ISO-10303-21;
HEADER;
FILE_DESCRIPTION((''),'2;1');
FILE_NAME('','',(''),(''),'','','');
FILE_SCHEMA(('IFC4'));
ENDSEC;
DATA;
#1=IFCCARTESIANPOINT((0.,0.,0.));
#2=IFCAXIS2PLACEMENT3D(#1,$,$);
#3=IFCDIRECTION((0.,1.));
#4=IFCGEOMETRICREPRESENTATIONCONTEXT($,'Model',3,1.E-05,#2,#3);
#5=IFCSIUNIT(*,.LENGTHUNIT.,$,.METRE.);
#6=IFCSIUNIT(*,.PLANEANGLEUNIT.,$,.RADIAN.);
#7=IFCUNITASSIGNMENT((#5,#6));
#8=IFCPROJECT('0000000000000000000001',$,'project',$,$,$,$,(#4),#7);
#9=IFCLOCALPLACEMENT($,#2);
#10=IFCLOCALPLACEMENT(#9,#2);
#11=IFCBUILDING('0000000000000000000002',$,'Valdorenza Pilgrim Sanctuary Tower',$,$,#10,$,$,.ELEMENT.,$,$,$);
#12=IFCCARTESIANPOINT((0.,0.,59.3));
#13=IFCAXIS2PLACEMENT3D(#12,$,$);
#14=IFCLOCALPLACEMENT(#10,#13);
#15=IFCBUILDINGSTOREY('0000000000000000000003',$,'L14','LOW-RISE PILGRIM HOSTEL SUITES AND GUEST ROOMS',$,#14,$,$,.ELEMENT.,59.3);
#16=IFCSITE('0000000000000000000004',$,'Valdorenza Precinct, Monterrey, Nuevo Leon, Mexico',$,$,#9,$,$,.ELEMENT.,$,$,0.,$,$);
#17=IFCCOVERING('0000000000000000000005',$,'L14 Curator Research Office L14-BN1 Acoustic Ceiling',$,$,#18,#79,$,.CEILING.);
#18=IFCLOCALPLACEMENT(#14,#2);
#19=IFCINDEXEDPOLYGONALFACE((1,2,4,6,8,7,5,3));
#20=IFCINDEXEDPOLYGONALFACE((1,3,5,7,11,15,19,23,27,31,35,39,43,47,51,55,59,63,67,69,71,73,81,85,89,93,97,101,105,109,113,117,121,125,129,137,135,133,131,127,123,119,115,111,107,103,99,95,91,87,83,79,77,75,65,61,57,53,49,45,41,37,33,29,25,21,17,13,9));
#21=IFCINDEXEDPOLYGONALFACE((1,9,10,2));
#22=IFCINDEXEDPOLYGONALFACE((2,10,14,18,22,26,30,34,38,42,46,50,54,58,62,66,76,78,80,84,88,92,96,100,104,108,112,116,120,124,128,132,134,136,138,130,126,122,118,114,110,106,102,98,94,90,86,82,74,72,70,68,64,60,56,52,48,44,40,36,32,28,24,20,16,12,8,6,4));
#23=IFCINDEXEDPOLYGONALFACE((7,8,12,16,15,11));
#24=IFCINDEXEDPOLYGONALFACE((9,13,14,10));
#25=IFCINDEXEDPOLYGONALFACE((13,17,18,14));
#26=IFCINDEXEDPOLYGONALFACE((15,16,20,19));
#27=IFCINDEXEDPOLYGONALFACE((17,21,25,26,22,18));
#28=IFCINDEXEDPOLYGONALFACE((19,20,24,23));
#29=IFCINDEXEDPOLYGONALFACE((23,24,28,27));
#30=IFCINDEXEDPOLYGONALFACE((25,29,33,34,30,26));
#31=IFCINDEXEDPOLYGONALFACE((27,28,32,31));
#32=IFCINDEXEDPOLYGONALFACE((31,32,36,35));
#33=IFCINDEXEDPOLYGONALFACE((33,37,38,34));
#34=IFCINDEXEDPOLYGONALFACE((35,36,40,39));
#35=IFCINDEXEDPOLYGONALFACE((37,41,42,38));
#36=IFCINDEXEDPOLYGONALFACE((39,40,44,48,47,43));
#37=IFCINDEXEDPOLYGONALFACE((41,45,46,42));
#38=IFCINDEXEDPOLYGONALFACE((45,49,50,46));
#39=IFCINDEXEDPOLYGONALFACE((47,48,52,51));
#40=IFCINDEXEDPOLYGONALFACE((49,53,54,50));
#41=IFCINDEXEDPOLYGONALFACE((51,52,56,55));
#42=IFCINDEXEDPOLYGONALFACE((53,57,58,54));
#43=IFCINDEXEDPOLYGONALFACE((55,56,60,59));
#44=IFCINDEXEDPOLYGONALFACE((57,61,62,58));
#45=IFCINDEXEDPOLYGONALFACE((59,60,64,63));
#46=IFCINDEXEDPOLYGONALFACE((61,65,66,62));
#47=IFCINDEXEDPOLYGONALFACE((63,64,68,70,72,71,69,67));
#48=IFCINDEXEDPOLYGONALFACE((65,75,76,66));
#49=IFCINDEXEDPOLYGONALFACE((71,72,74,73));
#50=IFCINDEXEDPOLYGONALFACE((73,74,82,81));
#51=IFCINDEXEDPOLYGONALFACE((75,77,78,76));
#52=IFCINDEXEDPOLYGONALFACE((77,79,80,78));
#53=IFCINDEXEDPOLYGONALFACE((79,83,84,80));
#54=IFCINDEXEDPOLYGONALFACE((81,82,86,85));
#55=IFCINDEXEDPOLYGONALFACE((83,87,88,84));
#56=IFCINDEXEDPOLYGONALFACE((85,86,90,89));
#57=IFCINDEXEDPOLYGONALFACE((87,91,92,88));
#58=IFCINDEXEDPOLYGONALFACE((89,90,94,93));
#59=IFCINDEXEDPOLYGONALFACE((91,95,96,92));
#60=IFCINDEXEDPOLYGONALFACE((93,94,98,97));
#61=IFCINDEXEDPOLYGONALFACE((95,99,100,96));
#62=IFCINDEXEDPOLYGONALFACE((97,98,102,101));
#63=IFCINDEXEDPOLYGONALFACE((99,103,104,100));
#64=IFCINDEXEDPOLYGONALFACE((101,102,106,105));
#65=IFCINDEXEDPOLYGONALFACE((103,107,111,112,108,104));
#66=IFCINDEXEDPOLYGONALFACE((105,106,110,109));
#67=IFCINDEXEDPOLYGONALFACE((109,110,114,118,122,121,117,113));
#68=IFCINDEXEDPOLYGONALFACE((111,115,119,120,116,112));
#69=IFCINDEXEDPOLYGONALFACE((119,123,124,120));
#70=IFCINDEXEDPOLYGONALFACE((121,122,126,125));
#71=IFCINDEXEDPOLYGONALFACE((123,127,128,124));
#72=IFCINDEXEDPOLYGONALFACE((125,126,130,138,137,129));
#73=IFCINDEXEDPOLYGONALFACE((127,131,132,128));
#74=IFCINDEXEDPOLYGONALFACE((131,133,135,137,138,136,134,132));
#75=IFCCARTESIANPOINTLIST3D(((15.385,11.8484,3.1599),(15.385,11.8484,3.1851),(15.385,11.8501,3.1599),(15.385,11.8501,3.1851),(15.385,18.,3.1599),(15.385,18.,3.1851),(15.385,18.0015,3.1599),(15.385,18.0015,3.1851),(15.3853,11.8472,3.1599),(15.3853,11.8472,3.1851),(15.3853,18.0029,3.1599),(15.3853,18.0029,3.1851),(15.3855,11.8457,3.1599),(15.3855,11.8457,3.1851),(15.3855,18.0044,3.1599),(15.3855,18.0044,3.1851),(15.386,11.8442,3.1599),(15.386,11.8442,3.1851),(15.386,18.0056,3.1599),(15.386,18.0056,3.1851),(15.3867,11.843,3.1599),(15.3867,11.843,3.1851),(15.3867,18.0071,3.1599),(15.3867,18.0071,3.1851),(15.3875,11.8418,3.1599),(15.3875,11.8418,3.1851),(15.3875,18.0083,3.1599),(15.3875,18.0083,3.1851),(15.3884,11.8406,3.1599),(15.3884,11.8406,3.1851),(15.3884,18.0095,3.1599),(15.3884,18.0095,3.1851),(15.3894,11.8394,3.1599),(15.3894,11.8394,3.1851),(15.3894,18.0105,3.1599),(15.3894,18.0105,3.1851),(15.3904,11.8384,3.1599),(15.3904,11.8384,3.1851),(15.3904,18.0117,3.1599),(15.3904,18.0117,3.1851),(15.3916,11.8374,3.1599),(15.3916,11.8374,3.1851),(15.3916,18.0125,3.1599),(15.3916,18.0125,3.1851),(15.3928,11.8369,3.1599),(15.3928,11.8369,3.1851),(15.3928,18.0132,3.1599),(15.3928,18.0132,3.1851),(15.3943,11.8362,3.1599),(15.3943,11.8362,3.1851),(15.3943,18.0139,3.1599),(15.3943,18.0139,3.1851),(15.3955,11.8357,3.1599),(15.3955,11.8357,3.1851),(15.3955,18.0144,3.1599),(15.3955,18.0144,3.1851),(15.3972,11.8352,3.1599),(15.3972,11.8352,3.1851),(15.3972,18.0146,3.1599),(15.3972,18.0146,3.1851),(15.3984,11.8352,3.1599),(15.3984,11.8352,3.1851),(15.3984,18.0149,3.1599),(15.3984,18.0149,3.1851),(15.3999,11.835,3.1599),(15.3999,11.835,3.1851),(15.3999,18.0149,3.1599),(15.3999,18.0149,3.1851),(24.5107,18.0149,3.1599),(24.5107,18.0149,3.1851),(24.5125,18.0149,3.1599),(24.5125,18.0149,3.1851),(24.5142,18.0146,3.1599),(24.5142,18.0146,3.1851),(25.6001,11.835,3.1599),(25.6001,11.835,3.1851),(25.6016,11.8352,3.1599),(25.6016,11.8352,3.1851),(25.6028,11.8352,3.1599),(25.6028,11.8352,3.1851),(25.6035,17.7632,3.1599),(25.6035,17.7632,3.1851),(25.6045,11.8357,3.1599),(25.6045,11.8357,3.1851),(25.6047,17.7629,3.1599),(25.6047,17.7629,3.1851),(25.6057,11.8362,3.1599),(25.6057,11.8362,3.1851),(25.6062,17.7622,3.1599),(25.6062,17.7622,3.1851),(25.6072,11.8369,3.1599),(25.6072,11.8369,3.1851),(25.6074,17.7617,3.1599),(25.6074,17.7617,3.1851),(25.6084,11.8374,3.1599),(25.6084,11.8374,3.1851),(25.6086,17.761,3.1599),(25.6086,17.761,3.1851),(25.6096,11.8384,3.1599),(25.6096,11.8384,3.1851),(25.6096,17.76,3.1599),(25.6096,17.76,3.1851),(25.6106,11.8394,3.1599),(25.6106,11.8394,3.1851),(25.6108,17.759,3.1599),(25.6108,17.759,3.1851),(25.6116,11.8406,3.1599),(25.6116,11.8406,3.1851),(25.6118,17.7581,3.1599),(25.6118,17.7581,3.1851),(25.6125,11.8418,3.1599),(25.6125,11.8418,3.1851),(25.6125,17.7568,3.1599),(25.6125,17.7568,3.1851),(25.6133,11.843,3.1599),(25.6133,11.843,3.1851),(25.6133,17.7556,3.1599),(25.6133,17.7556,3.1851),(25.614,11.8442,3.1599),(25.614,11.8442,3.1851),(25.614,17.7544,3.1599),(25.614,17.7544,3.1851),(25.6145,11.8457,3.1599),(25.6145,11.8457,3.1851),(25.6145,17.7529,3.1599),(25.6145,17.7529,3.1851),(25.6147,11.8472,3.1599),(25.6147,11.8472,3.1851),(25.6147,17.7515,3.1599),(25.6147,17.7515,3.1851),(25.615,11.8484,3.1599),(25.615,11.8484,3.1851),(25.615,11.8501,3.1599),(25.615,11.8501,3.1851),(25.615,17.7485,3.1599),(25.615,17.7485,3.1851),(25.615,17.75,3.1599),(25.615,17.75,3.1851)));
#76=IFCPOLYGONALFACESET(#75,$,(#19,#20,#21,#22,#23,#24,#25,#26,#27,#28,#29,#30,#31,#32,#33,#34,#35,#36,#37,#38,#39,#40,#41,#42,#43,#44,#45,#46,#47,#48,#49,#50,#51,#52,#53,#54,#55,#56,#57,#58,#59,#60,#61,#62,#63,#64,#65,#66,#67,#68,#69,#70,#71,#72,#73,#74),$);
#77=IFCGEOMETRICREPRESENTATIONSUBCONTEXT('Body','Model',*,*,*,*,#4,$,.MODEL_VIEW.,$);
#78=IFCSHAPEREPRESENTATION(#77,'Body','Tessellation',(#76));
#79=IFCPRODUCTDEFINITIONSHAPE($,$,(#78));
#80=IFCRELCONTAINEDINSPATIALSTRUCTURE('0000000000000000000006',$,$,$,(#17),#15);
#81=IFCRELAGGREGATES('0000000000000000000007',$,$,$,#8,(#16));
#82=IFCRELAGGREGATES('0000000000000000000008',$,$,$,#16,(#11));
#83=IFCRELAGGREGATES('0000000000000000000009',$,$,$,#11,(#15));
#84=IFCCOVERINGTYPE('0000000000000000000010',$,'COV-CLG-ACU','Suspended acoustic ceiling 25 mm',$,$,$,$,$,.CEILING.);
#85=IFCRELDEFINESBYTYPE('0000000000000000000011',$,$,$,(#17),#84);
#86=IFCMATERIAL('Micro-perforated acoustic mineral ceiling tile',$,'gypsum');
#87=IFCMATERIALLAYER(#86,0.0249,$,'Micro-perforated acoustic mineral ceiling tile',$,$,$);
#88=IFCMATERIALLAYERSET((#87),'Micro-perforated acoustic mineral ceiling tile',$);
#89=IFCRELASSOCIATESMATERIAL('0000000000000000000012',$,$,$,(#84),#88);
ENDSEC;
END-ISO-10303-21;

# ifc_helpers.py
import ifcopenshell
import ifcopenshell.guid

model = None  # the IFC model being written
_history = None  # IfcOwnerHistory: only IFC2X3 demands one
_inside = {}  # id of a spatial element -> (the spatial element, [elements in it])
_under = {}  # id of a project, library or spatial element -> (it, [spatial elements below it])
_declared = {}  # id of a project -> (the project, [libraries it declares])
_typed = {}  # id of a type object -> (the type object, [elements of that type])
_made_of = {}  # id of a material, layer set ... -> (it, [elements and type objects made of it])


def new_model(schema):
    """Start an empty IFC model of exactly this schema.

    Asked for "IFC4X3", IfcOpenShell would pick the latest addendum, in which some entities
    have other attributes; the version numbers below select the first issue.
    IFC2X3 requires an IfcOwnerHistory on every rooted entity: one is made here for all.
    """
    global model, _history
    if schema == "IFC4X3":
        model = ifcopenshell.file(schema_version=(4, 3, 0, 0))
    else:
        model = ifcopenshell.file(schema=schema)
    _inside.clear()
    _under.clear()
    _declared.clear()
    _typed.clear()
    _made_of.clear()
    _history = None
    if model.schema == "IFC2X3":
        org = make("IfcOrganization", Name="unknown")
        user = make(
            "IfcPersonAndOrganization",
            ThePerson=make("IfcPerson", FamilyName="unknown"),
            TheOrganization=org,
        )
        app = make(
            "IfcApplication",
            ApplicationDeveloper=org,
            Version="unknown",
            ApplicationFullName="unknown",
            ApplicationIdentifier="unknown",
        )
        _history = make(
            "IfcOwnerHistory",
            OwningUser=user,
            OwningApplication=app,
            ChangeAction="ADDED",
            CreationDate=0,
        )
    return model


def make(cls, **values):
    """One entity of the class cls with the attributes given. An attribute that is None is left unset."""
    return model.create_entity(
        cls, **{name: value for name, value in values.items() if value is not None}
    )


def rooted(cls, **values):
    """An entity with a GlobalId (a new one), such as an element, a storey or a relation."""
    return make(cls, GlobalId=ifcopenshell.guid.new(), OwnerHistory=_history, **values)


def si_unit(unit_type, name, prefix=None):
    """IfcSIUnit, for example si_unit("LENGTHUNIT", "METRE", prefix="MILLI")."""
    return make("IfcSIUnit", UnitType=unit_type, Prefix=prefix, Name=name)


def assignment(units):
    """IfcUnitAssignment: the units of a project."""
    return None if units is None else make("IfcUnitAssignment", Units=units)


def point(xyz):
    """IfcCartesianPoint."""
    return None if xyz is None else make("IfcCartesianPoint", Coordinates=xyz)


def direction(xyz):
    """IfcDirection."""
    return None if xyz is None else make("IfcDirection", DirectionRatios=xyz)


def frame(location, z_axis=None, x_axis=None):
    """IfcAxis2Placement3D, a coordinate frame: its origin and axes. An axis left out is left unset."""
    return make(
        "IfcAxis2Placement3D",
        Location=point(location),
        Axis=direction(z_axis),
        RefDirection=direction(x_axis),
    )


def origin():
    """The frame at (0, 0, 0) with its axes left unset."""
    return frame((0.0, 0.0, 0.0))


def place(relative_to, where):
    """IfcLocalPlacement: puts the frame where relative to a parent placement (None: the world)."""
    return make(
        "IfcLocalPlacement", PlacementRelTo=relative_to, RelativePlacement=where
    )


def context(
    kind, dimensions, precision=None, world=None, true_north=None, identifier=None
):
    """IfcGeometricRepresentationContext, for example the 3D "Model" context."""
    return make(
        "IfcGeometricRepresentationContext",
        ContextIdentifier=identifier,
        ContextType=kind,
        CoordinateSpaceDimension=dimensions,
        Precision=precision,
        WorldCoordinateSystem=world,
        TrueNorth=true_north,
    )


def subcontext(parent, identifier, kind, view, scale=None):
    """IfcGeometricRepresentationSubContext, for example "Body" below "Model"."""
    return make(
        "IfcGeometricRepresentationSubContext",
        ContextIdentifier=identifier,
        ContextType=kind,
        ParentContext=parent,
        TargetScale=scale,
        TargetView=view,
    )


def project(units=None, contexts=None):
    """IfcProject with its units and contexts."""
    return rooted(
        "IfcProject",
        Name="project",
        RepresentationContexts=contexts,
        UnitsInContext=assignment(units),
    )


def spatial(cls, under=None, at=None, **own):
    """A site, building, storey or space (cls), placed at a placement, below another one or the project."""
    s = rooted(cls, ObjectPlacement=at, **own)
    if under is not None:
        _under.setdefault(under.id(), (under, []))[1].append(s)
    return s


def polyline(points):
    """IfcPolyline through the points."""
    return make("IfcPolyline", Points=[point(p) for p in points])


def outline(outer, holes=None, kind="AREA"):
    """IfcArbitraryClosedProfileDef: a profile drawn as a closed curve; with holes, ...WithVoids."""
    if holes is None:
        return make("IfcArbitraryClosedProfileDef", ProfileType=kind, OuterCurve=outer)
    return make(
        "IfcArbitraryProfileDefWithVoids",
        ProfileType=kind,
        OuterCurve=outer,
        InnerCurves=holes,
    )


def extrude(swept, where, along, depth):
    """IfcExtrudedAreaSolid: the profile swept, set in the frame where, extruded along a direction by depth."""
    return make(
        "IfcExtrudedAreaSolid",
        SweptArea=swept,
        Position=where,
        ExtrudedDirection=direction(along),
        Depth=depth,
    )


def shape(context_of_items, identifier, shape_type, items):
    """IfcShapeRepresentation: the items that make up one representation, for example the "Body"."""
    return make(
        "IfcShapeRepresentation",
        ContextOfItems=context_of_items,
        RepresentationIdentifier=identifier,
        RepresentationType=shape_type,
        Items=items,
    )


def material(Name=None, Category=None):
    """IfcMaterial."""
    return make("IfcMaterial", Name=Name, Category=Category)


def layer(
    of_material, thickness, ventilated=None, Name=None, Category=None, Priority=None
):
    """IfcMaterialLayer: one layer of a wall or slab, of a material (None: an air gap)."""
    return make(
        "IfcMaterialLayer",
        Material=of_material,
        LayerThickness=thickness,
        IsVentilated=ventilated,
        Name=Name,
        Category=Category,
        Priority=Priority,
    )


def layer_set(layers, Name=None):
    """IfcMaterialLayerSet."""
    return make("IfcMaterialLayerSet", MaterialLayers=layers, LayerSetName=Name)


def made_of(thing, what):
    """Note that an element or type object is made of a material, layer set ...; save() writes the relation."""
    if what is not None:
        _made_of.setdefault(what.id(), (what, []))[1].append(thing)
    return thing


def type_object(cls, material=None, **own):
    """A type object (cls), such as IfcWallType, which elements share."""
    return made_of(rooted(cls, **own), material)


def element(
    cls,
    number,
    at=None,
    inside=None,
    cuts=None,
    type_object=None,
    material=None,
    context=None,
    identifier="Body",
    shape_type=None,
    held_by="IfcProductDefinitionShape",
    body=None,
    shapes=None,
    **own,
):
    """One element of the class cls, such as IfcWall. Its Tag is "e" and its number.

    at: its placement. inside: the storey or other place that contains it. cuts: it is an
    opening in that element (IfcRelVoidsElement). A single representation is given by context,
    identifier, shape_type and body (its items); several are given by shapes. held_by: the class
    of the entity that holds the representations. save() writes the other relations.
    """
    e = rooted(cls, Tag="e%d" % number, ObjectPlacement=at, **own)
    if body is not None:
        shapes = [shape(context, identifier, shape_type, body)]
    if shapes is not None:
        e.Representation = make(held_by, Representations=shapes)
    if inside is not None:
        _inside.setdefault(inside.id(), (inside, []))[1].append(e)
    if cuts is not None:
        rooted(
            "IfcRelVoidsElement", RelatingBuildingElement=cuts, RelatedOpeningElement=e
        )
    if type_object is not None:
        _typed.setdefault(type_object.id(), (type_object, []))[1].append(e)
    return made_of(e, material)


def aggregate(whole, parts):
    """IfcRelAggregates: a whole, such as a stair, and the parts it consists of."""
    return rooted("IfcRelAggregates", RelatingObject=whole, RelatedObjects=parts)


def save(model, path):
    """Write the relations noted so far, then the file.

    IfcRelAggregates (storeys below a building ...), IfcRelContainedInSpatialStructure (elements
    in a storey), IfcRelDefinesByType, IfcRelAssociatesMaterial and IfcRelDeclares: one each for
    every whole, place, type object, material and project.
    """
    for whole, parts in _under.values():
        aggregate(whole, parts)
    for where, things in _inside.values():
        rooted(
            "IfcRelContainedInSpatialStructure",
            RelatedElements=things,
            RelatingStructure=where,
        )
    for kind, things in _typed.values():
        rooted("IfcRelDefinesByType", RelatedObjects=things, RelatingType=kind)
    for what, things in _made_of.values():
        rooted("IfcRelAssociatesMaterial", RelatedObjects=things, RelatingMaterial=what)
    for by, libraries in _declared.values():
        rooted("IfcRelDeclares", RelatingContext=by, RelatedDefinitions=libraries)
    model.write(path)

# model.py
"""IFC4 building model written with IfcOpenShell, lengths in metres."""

from ifc_helpers import new_model, si_unit, direction, frame, origin, place, context, subcontext, project, spatial, polyline, outline, extrude, material, layer, layer_set, type_object, element, save


model = new_model("IFC4")

# Units and contexts
model_context = context("Model", 3, precision=1e-05, world=origin(), true_north=direction((0.0, 1.0)))
body_context = subcontext(model_context, "Body", "Model", "MODEL_VIEW")
ifc_project = project(units=[si_unit("LENGTHUNIT", "METRE"), si_unit("PLANEANGLEUNIT", "RADIAN")], contexts=[model_context])

# Site, building, storey
site_placement = place(None, origin())
site = spatial("IfcSite", under=ifc_project, at=site_placement, Name="Valdorenza Precinct, Monterrey, Nuevo Leon, Mexico", CompositionType="ELEMENT", RefElevation=0.0)
building_placement = place(site_placement, origin())
building = spatial("IfcBuilding", under=site, at=building_placement, Name="Valdorenza Pilgrim Sanctuary Tower", CompositionType="ELEMENT")
storey_placement = place(building_placement, frame((0.0, 0.0, 59.3)))
storey = spatial("IfcBuildingStorey", under=building, at=storey_placement, Name="L14", Description="LOW-RISE PILGRIM HOSTEL SUITES AND GUEST ROOMS", CompositionType="ELEMENT", Elevation=59.3)

# Covering
ifc_material_1 = material(Name="Micro-perforated acoustic mineral ceiling tile", Category="gypsum")
ifc_layer_1 = layer(ifc_material_1, 0.0249, Name="Micro-perforated acoustic mineral ceiling tile")
ifc_layer_set_1 = layer_set([ifc_layer_1], Name="Micro-perforated acoustic mineral ceiling tile")
covering_type_1 = type_object("IfcCoveringType", Name="COV-CLG-ACU", Description="Suspended acoustic ceiling 25 mm", PredefinedType="CEILING", material=ifc_layer_set_1)
covering_1_placement = place(storey_placement, frame((0.0, 0.0, 3.1599)))
element("IfcCovering", 1, at=covering_1_placement, inside=storey, type_object=covering_type_1, Name="L14 Curator Research Office L14-BN1 Acoustic Ceiling", PredefinedType="CEILING", context=body_context, shape_type="SweptSolid", body=[
    extrude(outline(polyline([(15.3999, 11.835), (15.3984, 11.8352), (15.3972, 11.8352), (15.3955, 11.8357), (15.3943, 11.8362), (15.3928, 11.8369), (15.3916, 11.8374), (15.3904, 11.8384), (15.3894, 11.8394), (15.3884, 11.8406), (15.3875, 11.8418), (15.3867, 11.843), (15.386, 11.8442), (15.3855, 11.8457), (15.3853, 11.8472), (15.385, 11.8484), (15.385, 11.8501), (15.385, 18.0), (15.385, 18.0015), (15.3853, 18.0029), (15.3855, 18.0044), (15.386, 18.0056), (15.3867, 18.0071), (15.3875, 18.0083), (15.3884, 18.0095), (15.3894, 18.0105), (15.3904, 18.0117), (15.3916, 18.0125), (15.3928, 18.0132), (15.3943, 18.0139), (15.3955, 18.0144), (15.3972, 18.0146), (15.3984, 18.0149), (15.3999, 18.0149), (24.5107, 18.0149), (24.5125, 18.0149), (24.5142, 18.0146), (25.6035, 17.7632), (25.6047, 17.7629), (25.6062, 17.7622), (25.6074, 17.7617), (25.6086, 17.761), (25.6096, 17.76), (25.6108, 17.759), (25.6118, 17.7581), (25.6125, 17.7568), (25.6133, 17.7556), (25.614, 17.7544), (25.6145, 17.7529), (25.6147, 17.7515), (25.615, 17.75), (25.615, 17.7485), (25.615, 11.8501), (25.615, 11.8484), (25.6147, 11.8472), (25.6145, 11.8457), (25.614, 11.8442), (25.6133, 11.843), (25.6125, 11.8418), (25.6116, 11.8406), (25.6106, 11.8394), (25.6096, 11.8384), (25.6084, 11.8374), (25.6072, 11.8369), (25.6057, 11.8362), (25.6045, 11.8357), (25.6028, 11.8352), (25.6016, 11.8352), (25.6001, 11.835), (15.3999, 11.835)])), origin(), (0.0, 0.0, 1.0), 0.0251),
])

save(model, "model.ifc")
